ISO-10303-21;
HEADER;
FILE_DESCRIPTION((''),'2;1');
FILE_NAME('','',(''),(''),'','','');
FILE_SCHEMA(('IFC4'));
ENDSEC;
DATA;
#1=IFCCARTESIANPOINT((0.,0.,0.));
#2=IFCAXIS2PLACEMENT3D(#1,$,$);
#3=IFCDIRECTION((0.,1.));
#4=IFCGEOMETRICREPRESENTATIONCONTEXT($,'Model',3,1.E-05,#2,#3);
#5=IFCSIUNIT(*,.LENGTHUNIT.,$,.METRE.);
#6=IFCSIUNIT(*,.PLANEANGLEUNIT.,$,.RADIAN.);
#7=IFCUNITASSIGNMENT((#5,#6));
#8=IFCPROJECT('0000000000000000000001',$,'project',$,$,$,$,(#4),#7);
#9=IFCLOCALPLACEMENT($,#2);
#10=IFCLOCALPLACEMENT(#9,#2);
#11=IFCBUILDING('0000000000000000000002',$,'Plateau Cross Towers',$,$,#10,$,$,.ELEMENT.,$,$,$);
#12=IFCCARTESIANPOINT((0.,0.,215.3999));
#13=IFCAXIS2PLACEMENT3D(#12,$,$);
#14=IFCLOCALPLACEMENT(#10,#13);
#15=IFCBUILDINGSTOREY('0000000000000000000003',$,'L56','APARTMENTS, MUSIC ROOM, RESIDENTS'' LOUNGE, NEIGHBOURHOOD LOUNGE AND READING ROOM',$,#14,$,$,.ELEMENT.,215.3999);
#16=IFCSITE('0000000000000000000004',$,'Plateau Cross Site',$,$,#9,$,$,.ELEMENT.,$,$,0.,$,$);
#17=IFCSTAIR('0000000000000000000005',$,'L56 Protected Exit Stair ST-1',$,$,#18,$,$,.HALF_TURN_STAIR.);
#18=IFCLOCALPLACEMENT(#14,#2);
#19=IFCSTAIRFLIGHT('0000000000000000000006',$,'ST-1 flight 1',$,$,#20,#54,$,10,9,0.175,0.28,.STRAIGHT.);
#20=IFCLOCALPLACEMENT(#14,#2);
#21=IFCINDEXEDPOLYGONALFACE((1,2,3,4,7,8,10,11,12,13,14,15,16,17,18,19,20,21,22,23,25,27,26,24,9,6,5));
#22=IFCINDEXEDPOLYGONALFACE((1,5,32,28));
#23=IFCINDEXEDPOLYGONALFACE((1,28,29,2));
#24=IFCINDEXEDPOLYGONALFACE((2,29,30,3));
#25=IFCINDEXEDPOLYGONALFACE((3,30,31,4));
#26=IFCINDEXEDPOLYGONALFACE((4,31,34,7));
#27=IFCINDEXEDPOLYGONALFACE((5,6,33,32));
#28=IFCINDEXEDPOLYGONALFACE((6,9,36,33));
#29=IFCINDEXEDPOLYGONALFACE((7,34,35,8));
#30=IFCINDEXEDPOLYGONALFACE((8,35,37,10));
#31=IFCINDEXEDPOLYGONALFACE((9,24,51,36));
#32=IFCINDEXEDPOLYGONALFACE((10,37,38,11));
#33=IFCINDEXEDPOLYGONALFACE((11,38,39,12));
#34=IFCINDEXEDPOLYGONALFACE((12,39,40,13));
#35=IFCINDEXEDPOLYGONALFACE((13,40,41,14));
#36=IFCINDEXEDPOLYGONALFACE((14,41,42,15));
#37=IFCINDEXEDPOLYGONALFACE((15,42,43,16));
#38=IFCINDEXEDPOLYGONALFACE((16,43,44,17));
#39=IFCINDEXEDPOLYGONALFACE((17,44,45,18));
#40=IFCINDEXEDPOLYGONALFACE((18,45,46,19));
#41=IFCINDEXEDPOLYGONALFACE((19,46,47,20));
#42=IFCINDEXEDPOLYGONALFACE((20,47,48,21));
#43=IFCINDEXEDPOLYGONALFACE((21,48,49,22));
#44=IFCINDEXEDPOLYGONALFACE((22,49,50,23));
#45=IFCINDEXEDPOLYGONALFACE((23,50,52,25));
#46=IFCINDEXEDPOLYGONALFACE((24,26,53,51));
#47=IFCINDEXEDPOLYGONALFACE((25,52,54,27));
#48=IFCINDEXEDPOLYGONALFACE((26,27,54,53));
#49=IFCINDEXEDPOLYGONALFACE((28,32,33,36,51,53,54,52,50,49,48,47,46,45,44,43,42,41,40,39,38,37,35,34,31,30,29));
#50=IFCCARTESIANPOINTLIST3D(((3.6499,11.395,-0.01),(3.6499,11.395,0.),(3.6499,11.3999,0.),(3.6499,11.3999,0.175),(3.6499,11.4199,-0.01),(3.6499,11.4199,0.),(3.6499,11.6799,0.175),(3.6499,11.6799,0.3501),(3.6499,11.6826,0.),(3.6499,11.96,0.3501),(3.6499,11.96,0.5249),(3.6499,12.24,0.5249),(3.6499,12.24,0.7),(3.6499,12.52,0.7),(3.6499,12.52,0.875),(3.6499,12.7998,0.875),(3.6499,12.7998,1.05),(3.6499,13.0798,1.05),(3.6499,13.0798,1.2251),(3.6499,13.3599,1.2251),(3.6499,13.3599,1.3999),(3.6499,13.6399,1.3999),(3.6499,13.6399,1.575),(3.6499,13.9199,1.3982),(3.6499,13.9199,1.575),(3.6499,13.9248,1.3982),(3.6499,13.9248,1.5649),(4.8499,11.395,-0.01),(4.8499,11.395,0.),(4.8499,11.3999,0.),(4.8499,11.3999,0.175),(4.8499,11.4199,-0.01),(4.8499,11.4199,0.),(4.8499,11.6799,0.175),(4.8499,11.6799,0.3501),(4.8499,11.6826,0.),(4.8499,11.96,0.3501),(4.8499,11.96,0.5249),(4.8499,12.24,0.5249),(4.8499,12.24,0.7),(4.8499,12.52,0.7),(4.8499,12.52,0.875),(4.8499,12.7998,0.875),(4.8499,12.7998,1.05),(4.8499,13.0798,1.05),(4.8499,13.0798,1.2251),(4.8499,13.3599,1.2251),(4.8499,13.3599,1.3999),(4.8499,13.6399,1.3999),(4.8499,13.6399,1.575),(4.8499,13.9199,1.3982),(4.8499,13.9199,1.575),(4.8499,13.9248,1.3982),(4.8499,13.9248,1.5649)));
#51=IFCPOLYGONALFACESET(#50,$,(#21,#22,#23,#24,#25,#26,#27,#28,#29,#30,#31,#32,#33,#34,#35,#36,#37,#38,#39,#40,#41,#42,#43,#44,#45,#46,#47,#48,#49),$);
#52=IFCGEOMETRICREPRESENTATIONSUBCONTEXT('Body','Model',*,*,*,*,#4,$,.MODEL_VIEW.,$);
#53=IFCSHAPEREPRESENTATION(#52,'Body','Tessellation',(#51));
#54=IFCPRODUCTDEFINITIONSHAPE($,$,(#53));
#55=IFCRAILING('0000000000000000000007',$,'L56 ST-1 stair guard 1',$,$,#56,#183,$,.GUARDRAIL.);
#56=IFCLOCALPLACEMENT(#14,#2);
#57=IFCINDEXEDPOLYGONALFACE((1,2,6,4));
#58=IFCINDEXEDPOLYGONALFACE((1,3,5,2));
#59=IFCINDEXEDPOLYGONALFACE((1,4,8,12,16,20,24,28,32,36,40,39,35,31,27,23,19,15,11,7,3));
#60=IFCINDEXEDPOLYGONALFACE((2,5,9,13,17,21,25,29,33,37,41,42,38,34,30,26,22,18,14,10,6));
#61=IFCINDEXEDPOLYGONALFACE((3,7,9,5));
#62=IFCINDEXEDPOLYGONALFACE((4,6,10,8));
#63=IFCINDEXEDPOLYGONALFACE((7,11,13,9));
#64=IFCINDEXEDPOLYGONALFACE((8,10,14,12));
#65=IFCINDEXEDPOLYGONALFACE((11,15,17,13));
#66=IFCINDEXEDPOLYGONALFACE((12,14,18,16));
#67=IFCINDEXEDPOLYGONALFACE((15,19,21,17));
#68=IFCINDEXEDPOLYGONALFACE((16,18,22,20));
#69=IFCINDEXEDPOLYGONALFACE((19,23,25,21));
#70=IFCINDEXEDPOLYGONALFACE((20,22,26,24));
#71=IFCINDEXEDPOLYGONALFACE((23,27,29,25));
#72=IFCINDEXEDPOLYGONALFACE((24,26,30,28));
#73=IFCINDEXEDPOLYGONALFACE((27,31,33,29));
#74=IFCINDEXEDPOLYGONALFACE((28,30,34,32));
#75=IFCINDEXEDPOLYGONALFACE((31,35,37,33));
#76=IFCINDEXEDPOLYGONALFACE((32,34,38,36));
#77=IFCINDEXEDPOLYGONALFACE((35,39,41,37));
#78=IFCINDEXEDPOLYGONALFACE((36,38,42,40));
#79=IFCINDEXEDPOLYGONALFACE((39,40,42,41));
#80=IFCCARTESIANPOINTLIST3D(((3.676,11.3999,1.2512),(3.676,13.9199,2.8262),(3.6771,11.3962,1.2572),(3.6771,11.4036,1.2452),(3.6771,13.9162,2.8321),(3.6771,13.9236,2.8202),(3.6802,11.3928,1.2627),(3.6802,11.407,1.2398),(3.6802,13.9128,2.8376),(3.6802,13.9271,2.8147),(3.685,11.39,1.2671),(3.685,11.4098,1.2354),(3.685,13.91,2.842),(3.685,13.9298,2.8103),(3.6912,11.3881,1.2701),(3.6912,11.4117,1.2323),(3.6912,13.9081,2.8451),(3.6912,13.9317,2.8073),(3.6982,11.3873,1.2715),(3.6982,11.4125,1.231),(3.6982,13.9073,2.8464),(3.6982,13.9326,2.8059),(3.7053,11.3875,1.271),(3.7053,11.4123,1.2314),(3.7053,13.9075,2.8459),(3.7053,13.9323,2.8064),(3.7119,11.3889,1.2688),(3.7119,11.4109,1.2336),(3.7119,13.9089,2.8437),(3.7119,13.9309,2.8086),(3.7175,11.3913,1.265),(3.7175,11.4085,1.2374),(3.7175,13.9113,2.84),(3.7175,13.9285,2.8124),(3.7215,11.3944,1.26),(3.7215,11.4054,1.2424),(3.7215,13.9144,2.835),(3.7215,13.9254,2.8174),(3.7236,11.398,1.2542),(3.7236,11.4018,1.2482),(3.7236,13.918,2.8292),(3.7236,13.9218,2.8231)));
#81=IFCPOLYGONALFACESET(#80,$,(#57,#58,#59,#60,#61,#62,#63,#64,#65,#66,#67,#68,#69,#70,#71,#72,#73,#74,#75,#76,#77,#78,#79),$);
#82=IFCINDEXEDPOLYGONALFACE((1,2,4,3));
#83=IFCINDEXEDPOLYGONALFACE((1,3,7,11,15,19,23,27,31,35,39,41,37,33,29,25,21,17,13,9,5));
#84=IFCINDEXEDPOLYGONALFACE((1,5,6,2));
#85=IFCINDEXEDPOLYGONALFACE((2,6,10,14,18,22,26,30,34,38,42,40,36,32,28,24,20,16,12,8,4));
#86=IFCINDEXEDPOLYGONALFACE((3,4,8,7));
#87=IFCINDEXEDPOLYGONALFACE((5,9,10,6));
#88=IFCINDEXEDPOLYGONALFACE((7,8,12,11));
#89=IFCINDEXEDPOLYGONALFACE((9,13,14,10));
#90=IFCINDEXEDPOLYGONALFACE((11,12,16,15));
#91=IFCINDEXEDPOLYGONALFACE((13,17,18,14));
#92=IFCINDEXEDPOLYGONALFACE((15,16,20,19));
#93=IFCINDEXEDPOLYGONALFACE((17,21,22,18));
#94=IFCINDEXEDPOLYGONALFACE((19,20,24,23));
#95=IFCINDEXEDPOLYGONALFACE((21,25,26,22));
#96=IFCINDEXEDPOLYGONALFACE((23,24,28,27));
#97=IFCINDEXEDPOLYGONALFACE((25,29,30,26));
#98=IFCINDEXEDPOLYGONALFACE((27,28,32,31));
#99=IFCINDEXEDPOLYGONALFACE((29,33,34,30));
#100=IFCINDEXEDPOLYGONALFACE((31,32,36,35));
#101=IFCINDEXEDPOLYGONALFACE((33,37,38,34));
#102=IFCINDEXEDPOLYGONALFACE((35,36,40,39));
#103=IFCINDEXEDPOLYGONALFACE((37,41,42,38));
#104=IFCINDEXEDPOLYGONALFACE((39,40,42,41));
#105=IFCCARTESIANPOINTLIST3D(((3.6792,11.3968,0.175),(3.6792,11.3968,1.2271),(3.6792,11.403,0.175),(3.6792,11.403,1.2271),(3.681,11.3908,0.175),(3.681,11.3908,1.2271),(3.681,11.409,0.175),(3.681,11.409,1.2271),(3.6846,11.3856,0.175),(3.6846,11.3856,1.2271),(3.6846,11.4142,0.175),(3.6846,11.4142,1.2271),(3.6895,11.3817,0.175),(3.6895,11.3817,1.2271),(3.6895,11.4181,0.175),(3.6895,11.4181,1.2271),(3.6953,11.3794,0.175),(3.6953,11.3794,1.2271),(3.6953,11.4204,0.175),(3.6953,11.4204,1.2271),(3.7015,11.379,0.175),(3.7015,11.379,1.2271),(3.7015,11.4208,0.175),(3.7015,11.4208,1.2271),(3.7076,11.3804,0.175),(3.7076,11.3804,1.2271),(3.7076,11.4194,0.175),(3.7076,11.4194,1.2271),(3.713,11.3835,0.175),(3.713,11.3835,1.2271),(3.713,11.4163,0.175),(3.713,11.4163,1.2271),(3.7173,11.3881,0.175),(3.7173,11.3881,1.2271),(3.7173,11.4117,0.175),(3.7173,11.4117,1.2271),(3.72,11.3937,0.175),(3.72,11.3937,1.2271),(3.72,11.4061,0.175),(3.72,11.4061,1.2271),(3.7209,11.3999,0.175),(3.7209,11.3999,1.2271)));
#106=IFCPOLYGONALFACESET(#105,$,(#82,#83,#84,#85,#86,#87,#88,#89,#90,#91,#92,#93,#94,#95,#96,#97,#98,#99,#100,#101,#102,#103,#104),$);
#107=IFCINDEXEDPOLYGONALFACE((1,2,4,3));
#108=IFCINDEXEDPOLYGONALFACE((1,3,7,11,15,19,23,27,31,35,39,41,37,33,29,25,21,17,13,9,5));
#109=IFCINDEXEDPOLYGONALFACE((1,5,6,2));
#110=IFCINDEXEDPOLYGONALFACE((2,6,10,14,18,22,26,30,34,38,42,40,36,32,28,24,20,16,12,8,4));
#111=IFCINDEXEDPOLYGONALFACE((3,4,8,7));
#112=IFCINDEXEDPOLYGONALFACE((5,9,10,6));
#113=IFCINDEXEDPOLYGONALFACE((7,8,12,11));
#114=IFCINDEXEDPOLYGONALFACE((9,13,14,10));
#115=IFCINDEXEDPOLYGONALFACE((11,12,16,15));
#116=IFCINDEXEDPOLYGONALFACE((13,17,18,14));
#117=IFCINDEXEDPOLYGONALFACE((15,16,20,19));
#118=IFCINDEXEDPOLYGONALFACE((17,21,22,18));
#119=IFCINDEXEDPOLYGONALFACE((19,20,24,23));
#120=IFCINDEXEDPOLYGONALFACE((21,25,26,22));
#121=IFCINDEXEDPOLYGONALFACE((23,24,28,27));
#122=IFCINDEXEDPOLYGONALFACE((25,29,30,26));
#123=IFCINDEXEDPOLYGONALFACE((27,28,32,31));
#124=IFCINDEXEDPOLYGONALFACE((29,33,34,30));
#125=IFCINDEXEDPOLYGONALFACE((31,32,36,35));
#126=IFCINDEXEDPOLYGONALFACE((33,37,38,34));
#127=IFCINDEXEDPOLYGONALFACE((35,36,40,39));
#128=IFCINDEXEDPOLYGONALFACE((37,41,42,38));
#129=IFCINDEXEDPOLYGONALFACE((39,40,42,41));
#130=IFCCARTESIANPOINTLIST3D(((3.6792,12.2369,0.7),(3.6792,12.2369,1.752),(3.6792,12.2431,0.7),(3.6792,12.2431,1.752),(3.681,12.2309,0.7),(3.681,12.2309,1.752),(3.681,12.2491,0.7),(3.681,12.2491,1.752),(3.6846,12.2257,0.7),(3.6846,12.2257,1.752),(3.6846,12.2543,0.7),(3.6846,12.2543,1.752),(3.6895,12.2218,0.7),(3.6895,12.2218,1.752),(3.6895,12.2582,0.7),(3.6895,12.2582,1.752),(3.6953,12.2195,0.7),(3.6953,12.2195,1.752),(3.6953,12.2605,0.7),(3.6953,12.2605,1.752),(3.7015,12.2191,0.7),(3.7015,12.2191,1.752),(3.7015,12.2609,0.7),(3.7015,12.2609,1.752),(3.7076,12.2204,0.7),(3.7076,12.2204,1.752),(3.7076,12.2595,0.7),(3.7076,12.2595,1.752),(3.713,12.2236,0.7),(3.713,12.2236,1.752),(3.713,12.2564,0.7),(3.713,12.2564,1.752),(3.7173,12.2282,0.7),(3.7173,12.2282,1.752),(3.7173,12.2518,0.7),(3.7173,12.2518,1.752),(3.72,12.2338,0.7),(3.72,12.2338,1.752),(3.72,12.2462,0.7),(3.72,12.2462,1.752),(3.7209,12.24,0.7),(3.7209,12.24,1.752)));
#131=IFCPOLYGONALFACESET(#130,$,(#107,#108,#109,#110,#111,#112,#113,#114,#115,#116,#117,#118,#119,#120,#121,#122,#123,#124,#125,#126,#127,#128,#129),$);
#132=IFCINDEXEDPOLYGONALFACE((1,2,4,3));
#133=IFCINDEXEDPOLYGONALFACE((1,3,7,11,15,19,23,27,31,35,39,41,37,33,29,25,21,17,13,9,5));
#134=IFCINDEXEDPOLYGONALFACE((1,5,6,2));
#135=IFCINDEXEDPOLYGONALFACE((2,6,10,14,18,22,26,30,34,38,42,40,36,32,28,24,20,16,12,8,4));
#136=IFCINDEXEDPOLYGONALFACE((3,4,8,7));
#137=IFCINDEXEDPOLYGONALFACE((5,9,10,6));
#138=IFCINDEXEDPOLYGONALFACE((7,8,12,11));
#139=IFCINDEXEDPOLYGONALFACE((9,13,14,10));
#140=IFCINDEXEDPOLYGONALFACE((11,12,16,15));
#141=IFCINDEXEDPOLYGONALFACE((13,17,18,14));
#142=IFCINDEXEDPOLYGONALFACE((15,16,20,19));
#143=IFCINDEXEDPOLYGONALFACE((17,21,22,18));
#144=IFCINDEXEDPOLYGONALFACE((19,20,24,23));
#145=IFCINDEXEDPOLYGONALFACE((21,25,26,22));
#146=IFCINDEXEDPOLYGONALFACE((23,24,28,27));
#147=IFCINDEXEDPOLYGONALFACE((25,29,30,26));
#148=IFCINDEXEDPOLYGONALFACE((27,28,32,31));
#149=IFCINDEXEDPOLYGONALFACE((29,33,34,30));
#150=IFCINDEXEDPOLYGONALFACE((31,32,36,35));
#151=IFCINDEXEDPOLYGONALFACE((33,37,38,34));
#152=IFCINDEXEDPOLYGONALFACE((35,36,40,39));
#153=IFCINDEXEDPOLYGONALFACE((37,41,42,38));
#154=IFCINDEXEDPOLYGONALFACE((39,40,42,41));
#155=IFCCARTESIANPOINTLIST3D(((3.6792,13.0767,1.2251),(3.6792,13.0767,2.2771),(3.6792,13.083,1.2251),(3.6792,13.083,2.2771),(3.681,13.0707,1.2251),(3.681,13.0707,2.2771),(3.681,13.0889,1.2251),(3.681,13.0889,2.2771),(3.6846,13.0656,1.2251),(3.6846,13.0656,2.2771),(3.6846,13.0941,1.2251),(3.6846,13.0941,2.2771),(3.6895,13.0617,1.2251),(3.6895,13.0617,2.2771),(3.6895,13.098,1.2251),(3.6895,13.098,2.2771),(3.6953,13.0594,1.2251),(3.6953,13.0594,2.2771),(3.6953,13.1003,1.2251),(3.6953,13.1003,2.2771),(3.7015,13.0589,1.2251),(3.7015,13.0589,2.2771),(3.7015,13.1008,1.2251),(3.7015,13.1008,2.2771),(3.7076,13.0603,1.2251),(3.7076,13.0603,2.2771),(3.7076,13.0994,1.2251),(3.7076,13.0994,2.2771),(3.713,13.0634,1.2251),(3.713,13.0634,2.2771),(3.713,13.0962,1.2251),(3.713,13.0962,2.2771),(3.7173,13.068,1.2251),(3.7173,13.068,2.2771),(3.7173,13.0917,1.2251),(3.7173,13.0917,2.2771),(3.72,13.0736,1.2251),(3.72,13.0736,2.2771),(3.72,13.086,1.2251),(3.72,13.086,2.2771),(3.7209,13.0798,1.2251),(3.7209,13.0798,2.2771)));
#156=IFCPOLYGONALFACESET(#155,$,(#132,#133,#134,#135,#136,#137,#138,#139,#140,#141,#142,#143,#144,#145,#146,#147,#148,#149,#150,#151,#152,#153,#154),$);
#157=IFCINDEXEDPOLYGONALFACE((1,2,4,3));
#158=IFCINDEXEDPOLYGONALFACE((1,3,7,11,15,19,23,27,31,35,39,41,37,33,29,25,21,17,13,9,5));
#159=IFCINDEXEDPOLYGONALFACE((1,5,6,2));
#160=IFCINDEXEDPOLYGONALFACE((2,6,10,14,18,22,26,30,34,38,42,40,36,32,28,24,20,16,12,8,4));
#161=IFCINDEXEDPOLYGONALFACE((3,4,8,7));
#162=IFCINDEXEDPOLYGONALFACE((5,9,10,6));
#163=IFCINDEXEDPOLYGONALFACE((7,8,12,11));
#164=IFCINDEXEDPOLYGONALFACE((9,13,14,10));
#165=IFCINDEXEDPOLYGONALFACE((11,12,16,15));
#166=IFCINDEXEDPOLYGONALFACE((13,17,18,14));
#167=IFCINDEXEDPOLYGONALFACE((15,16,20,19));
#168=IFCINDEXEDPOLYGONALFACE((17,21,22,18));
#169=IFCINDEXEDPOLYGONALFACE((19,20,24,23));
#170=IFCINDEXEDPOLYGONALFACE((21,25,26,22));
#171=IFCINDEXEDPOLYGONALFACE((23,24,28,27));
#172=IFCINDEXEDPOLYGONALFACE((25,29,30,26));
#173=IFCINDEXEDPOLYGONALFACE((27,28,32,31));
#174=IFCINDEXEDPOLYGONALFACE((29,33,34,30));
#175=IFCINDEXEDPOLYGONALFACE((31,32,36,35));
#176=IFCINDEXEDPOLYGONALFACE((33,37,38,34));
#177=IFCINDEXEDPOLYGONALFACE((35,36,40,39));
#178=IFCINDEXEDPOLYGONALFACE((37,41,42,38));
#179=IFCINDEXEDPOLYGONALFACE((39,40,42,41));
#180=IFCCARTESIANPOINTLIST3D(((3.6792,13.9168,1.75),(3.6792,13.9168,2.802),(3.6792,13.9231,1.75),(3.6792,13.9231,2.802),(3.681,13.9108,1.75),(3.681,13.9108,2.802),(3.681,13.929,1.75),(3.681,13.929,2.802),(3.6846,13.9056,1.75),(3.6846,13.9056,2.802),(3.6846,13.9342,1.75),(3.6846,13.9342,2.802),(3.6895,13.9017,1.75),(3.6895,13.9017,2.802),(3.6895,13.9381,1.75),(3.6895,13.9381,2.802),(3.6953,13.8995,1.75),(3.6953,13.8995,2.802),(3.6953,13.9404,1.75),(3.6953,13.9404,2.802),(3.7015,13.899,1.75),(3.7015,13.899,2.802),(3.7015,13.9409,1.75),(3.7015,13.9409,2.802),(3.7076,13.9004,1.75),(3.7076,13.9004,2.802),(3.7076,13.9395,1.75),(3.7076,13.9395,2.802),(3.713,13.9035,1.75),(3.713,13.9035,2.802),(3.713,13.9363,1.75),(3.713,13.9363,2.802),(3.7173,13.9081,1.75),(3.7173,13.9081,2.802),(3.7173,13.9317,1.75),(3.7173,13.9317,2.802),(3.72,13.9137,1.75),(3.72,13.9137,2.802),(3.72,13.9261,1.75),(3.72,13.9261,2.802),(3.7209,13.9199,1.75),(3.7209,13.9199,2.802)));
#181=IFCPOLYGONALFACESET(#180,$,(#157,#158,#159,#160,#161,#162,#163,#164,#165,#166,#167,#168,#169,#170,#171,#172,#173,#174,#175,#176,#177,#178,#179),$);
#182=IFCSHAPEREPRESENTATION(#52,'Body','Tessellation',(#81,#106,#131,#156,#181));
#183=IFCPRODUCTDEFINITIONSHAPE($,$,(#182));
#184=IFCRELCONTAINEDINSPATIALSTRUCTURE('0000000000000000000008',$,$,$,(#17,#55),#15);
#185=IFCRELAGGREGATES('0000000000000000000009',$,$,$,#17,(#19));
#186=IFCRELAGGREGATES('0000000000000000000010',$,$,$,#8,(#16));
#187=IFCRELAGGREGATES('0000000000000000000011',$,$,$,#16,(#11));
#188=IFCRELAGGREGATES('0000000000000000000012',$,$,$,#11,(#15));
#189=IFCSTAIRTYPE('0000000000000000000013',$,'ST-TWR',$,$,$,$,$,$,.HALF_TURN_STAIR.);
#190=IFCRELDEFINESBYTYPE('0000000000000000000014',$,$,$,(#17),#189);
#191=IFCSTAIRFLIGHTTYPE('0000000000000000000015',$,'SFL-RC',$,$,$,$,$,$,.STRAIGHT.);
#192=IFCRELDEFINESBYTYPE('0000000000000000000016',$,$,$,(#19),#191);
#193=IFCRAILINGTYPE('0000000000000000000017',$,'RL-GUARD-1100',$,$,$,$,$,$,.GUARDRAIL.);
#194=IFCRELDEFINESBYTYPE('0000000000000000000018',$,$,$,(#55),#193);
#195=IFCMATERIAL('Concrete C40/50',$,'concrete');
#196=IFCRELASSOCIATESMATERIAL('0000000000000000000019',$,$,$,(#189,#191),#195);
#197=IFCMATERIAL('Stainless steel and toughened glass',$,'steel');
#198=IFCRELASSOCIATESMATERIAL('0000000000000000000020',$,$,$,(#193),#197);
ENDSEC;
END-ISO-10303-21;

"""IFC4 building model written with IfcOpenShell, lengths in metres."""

from ifc_helpers import new_model, si_unit, direction, frame, origin, origin_2d, place, context, subcontext, project, spatial, polyline, circle, outline, extrude, material, type_object, element, aggregate, save


model = new_model("IFC4")

# Units and contexts
model_context = context("Model", 3, precision=1e-05, world=origin(), true_north=direction((0.0, 1.0)))
body_context = subcontext(model_context, "Body", "Model", "MODEL_VIEW")
ifc_project = project(units=[si_unit("LENGTHUNIT", "METRE"), si_unit("PLANEANGLEUNIT", "RADIAN")], contexts=[model_context])

# Site, building, storey
site_placement = place(None, origin())
site = spatial("IfcSite", under=ifc_project, at=site_placement, Name="Plateau Cross Site", CompositionType="ELEMENT", RefElevation=0.0)
building_placement = place(site_placement, origin())
building = spatial("IfcBuilding", under=site, at=building_placement, Name="Plateau Cross Towers", CompositionType="ELEMENT")
storey_placement = place(building_placement, frame((0.0, 0.0, 215.3999)))
storey = spatial("IfcBuildingStorey", under=building, at=storey_placement, Name="L56", Description="APARTMENTS, MUSIC ROOM, RESIDENTS' LOUNGE, NEIGHBOURHOOD LOUNGE AND READING ROOM", CompositionType="ELEMENT", Elevation=215.3999)

# Stair, stair flight
ifc_material_1 = material(Name="Concrete C40/50", Category="concrete")
stair_type = type_object("IfcStairType", Name="ST-TWR", PredefinedType="HALF_TURN_STAIR", material=ifc_material_1)
stair_placement = place(storey_placement, origin())
stair = element("IfcStair", 1, at=stair_placement, inside=storey, type_object=stair_type, Name="L56 Protected Exit Stair ST-1", PredefinedType="HALF_TURN_STAIR")
stair_flight_type = type_object("IfcStairFlightType", Name="SFL-RC", PredefinedType="STRAIGHT", material=ifc_material_1)
stair_flight_placement = place(storey_placement, frame((4.25, 11.3999, 0.0), z_axis=(0.0, 0.0, 1.0), x_axis=(0.0, 1.0, 0.0)))
stair_flight = element("IfcStairFlight", 2, at=stair_flight_placement, type_object=stair_flight_type, Name="ST-1 flight 1", NumberOfRisers=10, NumberOfTreads=9, PredefinedType="STRAIGHT", RiserHeight=0.175, TreadLength=0.28, context=body_context, shape_type="SweptSolid", body=[
    extrude(outline(polyline([(-0.0049, -0.01), (-0.0049, 0.0), (0.0, 0.0), (0.0, 0.175), (0.28, 0.175), (0.28, 0.3501), (0.5601, 0.3501), (0.5601, 0.5249), (0.8401, 0.5249), (0.8401, 0.7), (1.1201, 0.7), (1.1201, 0.875), (1.3999, 0.875), (1.3999, 1.05), (1.6799, 1.05), (1.6799, 1.2251), (1.96, 1.2251), (1.96, 1.3999), (2.24, 1.3999), (2.24, 1.575), (2.52, 1.575), (2.5249, 1.5649), (2.5249, 1.3982), (2.52, 1.3982), (0.2827, 0.0), (0.02, 0.0), (0.02, -0.01), (-0.0049, -0.01)])), frame((0.0, 0.6001, 0.0), z_axis=(0.0, -1.0, 0.0), x_axis=(1.0, 0.0, 0.0)), (0.0, 0.0, 1.0), 1.2),
])
aggregate(stair, [stair_flight])

# Railing
ifc_material_2 = material(Name="Stainless steel and toughened glass", Category="steel")
railing_type_1 = type_object("IfcRailingType", Name="RL-GUARD-1100", PredefinedType="GUARDRAIL", material=ifc_material_2)
railing_1_placement = place(storey_placement, frame((3.7, 11.3999, 0.175)))
element("IfcRailing", 3, at=railing_1_placement, inside=storey, type_object=railing_type_1, Name="L56 ST-1 stair guard 1", PredefinedType="GUARDRAIL", context=body_context, shape_type="SweptSolid", body=[
    extrude(circle(Radius=0.0239, at=origin_2d()), frame((0.0, 0.0, 1.0762), z_axis=(0.0, 0.848008, 0.529984), x_axis=(-1.0, 0.0, 0.0)), (0.0, 0.0, 1.0), 2.9717),
    extrude(circle(Radius=0.021, at=origin_2d()), origin(), (0.0, 0.0, 1.0), 1.052),
    extrude(circle(Radius=0.021, at=origin_2d()), frame((0.0, 0.8401, 0.5249)), (0.0, 0.0, 1.0), 1.052),
    extrude(circle(Radius=0.021, at=origin_2d()), frame((0.0, 1.6799, 1.05)), (0.0, 0.0, 1.0), 1.052),
    extrude(circle(Radius=0.021, at=origin_2d()), frame((0.0, 2.52, 1.575)), (0.0, 0.0, 1.0), 1.052),
])

save(model, "model.ifc")
